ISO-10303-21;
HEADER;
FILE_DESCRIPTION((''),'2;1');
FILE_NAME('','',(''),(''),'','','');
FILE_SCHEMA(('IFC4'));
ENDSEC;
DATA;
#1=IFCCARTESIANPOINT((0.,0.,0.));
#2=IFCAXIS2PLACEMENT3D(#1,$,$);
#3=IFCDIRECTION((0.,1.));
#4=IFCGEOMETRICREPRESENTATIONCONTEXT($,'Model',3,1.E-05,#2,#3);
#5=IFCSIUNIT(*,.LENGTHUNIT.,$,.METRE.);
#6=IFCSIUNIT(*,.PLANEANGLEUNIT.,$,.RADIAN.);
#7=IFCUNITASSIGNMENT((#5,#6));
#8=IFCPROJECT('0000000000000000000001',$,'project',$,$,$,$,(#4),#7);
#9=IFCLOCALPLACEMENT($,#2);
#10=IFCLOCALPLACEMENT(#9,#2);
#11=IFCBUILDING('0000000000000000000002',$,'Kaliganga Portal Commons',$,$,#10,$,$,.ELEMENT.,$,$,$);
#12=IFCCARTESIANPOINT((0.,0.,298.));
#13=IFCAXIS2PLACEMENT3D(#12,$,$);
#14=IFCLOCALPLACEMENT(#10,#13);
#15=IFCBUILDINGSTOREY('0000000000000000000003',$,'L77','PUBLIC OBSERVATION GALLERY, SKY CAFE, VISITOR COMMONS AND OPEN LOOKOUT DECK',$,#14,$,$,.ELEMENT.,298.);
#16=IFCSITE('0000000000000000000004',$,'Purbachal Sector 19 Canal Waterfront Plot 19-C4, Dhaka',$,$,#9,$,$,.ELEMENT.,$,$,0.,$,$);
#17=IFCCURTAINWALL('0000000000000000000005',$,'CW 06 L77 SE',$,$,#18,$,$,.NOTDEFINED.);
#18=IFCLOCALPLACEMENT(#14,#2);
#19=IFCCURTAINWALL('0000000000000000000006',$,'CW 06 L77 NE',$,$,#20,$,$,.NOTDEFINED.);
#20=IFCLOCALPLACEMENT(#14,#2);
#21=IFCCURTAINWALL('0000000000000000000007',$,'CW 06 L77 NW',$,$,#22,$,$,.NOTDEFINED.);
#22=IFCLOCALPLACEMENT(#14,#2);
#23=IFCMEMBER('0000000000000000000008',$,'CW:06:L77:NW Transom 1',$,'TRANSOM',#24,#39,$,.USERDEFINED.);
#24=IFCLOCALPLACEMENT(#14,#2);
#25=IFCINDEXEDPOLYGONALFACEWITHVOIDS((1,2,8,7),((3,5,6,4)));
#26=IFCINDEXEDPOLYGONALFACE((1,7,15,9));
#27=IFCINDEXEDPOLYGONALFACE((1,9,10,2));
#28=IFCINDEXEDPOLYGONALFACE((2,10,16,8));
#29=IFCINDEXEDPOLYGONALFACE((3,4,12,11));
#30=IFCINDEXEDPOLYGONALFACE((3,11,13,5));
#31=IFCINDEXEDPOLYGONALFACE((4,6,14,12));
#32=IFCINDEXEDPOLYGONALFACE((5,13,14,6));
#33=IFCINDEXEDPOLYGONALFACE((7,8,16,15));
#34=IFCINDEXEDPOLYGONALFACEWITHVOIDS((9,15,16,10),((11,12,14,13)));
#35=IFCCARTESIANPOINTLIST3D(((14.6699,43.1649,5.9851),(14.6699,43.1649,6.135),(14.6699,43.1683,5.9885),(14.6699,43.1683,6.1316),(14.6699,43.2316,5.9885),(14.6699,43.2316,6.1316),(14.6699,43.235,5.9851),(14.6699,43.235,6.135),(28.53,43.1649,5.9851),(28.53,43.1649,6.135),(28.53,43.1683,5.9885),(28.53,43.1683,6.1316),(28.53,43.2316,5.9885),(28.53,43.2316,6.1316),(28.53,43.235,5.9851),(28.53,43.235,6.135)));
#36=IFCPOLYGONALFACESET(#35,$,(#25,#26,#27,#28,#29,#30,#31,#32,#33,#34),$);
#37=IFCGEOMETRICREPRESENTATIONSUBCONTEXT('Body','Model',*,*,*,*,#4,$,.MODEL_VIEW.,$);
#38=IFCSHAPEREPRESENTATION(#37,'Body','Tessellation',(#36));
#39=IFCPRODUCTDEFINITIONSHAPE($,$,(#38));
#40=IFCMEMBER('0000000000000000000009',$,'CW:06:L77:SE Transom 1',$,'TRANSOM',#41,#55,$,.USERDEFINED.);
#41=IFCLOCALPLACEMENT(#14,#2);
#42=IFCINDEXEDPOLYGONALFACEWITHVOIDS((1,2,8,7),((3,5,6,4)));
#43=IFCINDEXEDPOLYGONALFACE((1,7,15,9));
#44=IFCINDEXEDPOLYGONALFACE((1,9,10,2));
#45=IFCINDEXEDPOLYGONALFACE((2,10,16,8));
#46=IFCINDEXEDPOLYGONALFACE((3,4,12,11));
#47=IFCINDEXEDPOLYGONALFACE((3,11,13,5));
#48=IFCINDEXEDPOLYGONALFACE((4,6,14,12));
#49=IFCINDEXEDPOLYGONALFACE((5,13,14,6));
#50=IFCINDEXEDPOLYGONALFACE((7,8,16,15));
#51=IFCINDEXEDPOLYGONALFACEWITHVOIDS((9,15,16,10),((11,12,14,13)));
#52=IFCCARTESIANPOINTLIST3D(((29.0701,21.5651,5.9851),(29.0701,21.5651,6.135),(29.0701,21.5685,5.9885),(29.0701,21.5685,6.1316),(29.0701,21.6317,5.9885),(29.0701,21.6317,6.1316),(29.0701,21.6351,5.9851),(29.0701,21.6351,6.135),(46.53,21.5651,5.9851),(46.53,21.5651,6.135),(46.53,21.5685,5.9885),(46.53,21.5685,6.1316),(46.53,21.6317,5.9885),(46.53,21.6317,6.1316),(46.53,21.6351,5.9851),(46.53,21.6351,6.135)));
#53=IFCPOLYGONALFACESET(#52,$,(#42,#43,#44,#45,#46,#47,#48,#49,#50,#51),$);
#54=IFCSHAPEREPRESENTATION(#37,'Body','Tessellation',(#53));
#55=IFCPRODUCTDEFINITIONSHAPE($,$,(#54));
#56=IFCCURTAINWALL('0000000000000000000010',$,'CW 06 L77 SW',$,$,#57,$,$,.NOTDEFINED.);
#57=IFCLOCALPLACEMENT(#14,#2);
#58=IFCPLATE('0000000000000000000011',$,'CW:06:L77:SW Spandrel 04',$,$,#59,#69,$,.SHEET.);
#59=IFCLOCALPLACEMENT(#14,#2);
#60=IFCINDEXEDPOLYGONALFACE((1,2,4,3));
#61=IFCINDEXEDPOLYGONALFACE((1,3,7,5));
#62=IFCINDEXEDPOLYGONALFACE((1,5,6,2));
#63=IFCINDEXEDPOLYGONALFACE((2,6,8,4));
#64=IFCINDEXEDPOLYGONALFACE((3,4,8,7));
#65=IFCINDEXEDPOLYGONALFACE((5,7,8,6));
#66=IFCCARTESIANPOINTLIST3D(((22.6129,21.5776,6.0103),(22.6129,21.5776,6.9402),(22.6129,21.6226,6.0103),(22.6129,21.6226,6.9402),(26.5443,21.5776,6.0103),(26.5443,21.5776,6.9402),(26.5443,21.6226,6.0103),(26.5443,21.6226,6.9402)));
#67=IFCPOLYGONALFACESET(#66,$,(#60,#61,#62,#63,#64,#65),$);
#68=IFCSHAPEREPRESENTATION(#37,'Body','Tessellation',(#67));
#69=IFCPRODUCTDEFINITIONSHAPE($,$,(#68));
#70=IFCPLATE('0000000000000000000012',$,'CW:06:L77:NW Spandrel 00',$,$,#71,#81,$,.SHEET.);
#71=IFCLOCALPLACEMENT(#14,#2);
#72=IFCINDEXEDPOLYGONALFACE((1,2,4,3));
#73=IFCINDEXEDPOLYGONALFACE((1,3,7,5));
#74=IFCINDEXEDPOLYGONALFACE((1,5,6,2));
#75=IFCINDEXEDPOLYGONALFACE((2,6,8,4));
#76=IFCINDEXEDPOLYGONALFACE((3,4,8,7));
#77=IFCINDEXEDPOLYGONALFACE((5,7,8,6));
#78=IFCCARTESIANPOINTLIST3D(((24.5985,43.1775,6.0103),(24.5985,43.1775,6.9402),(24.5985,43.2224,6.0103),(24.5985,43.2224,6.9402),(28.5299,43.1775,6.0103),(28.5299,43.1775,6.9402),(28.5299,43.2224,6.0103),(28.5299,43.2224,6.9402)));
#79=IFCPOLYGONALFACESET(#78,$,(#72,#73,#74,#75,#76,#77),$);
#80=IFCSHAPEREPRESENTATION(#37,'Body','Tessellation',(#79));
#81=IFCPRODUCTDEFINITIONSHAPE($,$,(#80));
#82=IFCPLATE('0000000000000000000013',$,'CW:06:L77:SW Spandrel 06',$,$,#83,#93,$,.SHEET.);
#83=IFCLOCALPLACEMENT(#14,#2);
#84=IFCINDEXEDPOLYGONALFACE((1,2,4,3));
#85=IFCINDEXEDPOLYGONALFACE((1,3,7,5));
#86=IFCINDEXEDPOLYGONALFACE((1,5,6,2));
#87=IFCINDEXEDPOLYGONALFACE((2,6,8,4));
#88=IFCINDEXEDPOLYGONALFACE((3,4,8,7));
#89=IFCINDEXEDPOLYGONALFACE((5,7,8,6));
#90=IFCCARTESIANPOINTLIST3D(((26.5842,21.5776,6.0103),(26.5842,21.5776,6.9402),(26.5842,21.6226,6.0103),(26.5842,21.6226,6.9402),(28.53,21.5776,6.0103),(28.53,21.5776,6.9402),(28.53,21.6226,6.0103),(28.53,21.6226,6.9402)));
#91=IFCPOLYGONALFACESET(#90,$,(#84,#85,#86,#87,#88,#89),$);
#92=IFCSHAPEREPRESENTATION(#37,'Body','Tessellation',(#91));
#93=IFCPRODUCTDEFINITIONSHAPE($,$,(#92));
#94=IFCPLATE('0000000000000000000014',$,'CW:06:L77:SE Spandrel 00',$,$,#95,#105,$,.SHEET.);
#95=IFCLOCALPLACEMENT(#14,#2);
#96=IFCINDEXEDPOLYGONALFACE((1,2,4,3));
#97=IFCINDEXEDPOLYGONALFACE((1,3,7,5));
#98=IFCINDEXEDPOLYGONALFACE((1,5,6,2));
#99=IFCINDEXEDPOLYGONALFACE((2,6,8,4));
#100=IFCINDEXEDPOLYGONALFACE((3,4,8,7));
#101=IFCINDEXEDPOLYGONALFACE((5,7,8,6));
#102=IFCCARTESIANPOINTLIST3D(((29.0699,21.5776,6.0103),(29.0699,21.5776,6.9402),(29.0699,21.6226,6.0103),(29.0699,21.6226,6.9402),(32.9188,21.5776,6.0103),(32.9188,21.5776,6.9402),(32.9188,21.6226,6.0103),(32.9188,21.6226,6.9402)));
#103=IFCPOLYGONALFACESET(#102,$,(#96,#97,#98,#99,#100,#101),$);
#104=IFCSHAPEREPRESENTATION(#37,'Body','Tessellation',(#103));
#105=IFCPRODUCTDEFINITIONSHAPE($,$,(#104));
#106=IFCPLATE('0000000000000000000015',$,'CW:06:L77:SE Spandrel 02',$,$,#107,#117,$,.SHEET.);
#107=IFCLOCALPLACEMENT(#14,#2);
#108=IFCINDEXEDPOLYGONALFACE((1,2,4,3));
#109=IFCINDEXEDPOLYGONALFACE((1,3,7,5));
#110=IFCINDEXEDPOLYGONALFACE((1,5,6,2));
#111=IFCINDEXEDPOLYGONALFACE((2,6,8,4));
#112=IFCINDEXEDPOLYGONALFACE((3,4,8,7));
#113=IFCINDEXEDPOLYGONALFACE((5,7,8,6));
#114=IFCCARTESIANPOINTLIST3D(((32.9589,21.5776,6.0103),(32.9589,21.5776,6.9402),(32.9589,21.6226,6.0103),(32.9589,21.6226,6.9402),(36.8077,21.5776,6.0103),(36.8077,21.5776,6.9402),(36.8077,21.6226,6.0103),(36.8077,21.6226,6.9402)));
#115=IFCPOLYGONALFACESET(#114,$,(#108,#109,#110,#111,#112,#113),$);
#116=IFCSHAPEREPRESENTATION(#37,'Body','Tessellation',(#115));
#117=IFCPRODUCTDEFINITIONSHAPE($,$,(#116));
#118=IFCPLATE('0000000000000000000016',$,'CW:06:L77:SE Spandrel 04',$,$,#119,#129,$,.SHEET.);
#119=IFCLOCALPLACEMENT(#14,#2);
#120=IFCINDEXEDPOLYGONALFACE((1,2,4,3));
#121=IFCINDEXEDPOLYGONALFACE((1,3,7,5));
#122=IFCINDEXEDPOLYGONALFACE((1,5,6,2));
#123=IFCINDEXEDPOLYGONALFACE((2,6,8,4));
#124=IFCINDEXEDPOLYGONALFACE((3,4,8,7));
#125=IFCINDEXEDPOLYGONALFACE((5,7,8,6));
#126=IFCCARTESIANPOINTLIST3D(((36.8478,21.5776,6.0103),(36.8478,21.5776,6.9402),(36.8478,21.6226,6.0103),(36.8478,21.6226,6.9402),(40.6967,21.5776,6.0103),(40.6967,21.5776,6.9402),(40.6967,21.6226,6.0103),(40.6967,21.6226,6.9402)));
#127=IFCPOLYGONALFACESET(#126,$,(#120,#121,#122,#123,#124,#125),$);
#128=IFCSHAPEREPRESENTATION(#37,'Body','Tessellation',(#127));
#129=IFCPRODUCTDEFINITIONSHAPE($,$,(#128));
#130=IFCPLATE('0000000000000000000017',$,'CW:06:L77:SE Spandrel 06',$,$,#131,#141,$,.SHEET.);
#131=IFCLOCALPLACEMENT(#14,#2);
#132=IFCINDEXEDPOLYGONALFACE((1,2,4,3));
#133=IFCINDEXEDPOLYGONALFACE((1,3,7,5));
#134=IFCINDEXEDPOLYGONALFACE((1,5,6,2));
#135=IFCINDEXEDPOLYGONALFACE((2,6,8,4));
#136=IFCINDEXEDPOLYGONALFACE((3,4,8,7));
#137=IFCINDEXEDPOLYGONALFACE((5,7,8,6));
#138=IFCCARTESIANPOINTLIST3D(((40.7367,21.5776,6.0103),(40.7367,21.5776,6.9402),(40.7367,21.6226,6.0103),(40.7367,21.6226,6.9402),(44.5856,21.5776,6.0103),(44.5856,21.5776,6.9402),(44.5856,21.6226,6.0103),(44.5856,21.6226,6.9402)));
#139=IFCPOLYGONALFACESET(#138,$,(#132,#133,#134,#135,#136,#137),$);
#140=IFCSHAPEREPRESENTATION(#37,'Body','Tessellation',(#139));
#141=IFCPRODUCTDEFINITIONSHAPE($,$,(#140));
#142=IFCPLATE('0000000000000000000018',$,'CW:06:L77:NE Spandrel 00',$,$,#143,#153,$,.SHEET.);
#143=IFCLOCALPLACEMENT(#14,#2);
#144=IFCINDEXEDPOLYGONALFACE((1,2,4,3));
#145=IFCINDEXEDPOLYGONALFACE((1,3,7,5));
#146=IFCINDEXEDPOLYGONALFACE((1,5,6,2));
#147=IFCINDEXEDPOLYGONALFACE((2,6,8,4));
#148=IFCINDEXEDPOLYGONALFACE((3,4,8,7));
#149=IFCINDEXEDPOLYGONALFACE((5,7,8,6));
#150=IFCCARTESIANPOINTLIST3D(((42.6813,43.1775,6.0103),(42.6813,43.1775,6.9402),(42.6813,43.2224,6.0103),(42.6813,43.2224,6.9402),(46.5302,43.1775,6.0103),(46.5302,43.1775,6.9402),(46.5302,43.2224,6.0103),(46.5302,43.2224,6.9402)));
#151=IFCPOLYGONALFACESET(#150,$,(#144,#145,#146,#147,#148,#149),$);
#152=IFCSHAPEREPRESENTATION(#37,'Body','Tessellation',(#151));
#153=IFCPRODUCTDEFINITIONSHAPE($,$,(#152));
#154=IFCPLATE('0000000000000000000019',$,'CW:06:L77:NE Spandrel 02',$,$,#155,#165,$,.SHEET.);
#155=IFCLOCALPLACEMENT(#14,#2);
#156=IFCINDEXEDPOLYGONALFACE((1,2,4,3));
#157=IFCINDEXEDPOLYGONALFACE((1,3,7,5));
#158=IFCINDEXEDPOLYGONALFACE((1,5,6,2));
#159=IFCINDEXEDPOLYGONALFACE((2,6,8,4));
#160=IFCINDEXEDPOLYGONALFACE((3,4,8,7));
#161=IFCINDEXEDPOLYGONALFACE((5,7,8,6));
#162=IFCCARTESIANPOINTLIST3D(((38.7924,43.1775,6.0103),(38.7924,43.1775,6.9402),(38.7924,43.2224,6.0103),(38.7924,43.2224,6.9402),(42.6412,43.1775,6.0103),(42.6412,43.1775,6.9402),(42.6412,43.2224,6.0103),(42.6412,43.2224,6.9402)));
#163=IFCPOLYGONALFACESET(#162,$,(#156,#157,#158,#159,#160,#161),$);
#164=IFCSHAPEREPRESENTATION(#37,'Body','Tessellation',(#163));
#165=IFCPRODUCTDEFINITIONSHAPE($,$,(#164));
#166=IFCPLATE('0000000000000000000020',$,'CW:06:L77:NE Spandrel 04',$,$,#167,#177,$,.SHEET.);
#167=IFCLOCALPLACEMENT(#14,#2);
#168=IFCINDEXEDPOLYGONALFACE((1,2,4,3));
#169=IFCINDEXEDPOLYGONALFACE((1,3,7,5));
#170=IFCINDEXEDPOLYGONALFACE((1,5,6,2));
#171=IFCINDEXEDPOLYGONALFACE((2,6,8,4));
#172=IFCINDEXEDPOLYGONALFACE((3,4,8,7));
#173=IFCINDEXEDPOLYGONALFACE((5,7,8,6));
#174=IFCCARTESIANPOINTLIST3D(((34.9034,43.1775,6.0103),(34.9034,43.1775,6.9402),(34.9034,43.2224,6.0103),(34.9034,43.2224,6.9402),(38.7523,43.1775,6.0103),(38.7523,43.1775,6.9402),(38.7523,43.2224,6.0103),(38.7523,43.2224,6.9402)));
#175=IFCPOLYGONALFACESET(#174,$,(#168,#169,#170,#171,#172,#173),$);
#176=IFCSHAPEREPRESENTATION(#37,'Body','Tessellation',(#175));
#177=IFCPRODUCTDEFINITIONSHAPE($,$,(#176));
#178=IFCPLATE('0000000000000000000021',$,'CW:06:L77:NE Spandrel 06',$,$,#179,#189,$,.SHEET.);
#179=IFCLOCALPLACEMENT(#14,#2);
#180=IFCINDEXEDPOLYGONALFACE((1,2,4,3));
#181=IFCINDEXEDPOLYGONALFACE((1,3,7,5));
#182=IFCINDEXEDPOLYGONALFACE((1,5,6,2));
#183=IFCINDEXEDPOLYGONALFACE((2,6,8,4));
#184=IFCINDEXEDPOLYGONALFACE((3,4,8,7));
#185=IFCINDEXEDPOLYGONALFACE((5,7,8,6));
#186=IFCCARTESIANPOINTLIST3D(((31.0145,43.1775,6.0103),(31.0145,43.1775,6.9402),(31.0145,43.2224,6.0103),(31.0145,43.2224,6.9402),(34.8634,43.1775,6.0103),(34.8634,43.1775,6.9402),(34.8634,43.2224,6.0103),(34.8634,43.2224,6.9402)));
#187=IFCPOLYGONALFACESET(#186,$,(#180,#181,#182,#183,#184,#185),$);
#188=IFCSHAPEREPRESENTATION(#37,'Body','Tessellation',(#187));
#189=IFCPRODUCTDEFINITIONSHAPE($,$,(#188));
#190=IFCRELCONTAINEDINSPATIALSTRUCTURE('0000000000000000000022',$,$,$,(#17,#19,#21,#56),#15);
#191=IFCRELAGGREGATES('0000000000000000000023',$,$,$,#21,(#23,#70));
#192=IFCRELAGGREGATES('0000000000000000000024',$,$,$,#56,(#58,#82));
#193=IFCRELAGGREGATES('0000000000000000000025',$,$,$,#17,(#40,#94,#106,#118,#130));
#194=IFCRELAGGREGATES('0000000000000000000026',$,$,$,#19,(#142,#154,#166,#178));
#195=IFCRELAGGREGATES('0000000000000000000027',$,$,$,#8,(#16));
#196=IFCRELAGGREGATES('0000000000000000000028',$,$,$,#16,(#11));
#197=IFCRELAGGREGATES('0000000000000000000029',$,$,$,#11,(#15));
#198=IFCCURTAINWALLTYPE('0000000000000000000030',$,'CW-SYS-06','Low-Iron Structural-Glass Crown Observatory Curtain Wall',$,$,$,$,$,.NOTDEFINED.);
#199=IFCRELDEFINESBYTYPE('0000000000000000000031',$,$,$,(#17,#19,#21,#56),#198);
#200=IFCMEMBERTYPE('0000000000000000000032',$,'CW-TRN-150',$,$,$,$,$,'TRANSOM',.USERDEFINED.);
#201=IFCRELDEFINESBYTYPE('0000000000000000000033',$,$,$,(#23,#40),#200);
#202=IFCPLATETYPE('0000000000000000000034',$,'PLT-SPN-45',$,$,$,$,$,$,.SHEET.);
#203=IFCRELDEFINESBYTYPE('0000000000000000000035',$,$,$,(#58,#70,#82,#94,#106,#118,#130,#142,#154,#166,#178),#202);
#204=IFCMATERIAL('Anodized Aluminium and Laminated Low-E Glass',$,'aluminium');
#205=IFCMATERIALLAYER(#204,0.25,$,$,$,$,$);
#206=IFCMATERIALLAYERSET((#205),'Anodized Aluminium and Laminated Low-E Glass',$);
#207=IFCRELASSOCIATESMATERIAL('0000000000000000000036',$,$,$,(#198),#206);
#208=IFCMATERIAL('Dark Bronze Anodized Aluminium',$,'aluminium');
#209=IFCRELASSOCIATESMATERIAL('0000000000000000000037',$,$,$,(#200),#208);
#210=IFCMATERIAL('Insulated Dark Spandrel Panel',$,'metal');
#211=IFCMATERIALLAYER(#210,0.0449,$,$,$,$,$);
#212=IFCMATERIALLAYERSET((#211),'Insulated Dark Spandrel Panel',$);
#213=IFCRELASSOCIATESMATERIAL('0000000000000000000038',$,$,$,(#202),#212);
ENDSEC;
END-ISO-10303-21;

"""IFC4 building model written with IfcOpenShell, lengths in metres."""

from ifc_helpers import new_model, si_unit, direction, frame, origin, origin_2d, place, context, subcontext, project, spatial, rectangle, hollow_rectangle, extrude, source, transform, mapped, material, layer, layer_set, material_profile, profile_set, type_object, element, aggregate, save


model = new_model("IFC4")

# Units and contexts
model_context = context("Model", 3, precision=1e-05, world=origin(), true_north=direction((0.0, 1.0)))
body_context = subcontext(model_context, "Body", "Model", "MODEL_VIEW")
ifc_project = project(units=[si_unit("LENGTHUNIT", "METRE"), si_unit("PLANEANGLEUNIT", "RADIAN")], contexts=[model_context])

# Site, building, storey
site_placement = place(None, origin())
site = spatial("IfcSite", under=ifc_project, at=site_placement, Name="Purbachal Sector 19 Canal Waterfront Plot 19-C4, Dhaka", CompositionType="ELEMENT", RefElevation=0.0)
building_placement = place(site_placement, origin())
building = spatial("IfcBuilding", under=site, at=building_placement, Name="Kaliganga Portal Commons", CompositionType="ELEMENT")
storey_placement = place(building_placement, frame((0.0, 0.0, 298.0)))
storey = spatial("IfcBuildingStorey", under=building, at=storey_placement, Name="L77", Description="PUBLIC OBSERVATION GALLERY, SKY CAFE, VISITOR COMMONS AND OPEN LOOKOUT DECK", CompositionType="ELEMENT", Elevation=298.0)

# Curtain walls
ifc_material_1 = material(Name="Anodized Aluminium and Laminated Low-E Glass", Category="aluminium")
ifc_layer_1 = layer(ifc_material_1, 0.25)
ifc_layer_set_1 = layer_set([ifc_layer_1], Name="Anodized Aluminium and Laminated Low-E Glass")
curtain_wall_type = type_object("IfcCurtainWallType", Name="CW-SYS-06", Description="Low-Iron Structural-Glass Crown Observatory Curtain Wall", PredefinedType="NOTDEFINED", material=ifc_layer_set_1)
curtain_wall_1_placement = place(storey_placement, origin())
curtain_wall_1 = element("IfcCurtainWall", 1, at=curtain_wall_1_placement, inside=storey, type_object=curtain_wall_type, Name="CW 06 L77 SE", PredefinedType="NOTDEFINED")
ifc_material_2 = material(Name="Dark Bronze Anodized Aluminium", Category="aluminium")
curtain_wall_2_placement = place(storey_placement, origin())
curtain_wall_2 = element("IfcCurtainWall", 2, at=curtain_wall_2_placement, inside=storey, type_object=curtain_wall_type, Name="CW 06 L77 NE", PredefinedType="NOTDEFINED")

# Curtain wall, member
curtain_wall_3_placement = place(storey_placement, origin())
curtain_wall_3 = element("IfcCurtainWall", 3, at=curtain_wall_3_placement, inside=storey, type_object=curtain_wall_type, Name="CW 06 L77 NW", PredefinedType="NOTDEFINED")
ifc_material_profile_1 = material_profile(ifc_material_2, hollow_rectangle(XDim=0.0701, YDim=0.1499, WallThickness=0.0034, at=origin_2d()), Name="ALU TRAN 70x150x3.5")
ifc_profile_set_1 = profile_set([ifc_material_profile_1], Name="Dark Bronze Anodized Aluminium")
member_type_1 = type_object("IfcMemberType", Name="CW-TRN-150", ElementType="TRANSOM", PredefinedType="USERDEFINED", material=ifc_profile_set_1)
shared_shape_1 = source(origin(), body_context, "Body", "SweptSolid", [
    extrude(hollow_rectangle(XDim=0.0701, YDim=0.1499, WallThickness=0.0034, at=origin_2d()), origin(), (0.0, 0.0, 1.0), 13.8601),
])
member_1_placement = place(storey_placement, frame((28.53, 43.2, 6.0601), z_axis=(-1.0, 0.0, 0.0), x_axis=(0.0, -1.0, 0.0)))
member_1 = element("IfcMember", 4, at=member_1_placement, type_object=member_type_1, Name="CW:06:L77:NW Transom 1", ObjectType="TRANSOM", PredefinedType="USERDEFINED", context=body_context, shape_type="MappedRepresentation", body=[
    mapped(shared_shape_1, transform((0.0, 0.0, 0.0), x_axis=(1.0, 0.0, 0.0), y_axis=(0.0, 1.0, 0.0), z_axis=(0.0, 0.0, 1.0), scale=1.0)),
])

# Member
shared_shape_2 = source(origin(), body_context, "Body", "SweptSolid", [
    extrude(hollow_rectangle(XDim=0.0701, YDim=0.1499, WallThickness=0.0034, at=origin_2d()), origin(), (0.0, 0.0, 1.0), 17.46),
])
member_2_placement = place(storey_placement, frame((29.0701, 21.6001, 6.0601), z_axis=(1.0, 0.0, 0.0), x_axis=(0.0, 1.0, 0.0)))
member_2 = element("IfcMember", 5, at=member_2_placement, type_object=member_type_1, Name="CW:06:L77:SE Transom 1", ObjectType="TRANSOM", PredefinedType="USERDEFINED", context=body_context, shape_type="MappedRepresentation", body=[
    mapped(shared_shape_2, transform((0.0, 0.0, 0.0), x_axis=(1.0, 0.0, 0.0), y_axis=(0.0, 1.0, 0.0), z_axis=(0.0, 0.0, 1.0), scale=1.0)),
])

# Curtain wall, plate
curtain_wall_4_placement = place(storey_placement, origin())
curtain_wall_4 = element("IfcCurtainWall", 6, at=curtain_wall_4_placement, inside=storey, type_object=curtain_wall_type, Name="CW 06 L77 SW", PredefinedType="NOTDEFINED")
ifc_material_3 = material(Name="Insulated Dark Spandrel Panel", Category="metal")
ifc_layer_2 = layer(ifc_material_3, 0.0449)
ifc_layer_set_2 = layer_set([ifc_layer_2], Name="Insulated Dark Spandrel Panel")
plate_type = type_object("IfcPlateType", Name="PLT-SPN-45", PredefinedType="SHEET", material=ifc_layer_set_2)
shared_shape_3 = source(origin(), body_context, "Body", "SweptSolid", [
    extrude(rectangle(XDim=3.9314, YDim=0.0449, at=origin_2d()), origin(), (0.0, 0.0, 1.0), 0.9299),
])
plate_1_placement = place(storey_placement, frame((24.5786, 21.6001, 6.0103), z_axis=(0.0, 0.0, 1.0), x_axis=(1.0, 0.0, 0.0)))
plate_1 = element("IfcPlate", 7, at=plate_1_placement, type_object=plate_type, Name="CW:06:L77:SW Spandrel 04", PredefinedType="SHEET", context=body_context, shape_type="MappedRepresentation", body=[
    mapped(shared_shape_3, transform((0.0, 0.0, 0.0), x_axis=(1.0, 0.0, 0.0), y_axis=(0.0, 1.0, 0.0), z_axis=(0.0, 0.0, 1.0), scale=1.0)),
])

# Plates
plate_2_placement = place(storey_placement, frame((26.5642, 43.2, 6.0103), z_axis=(0.0, 0.0, 1.0), x_axis=(-1.0, 0.0, 0.0)))
plate_2 = element("IfcPlate", 8, at=plate_2_placement, type_object=plate_type, Name="CW:06:L77:NW Spandrel 00", PredefinedType="SHEET", context=body_context, shape_type="MappedRepresentation", body=[
    mapped(shared_shape_3, transform((0.0, 0.0, 0.0), x_axis=(1.0, 0.0, 0.0), y_axis=(0.0, 1.0, 0.0), z_axis=(0.0, 0.0, 1.0), scale=1.0)),
])
aggregate(curtain_wall_3, [member_1, plate_2])
shared_shape_4 = source(origin(), body_context, "Body", "SweptSolid", [
    extrude(rectangle(XDim=1.9458, YDim=0.0449, at=origin_2d()), origin(), (0.0, 0.0, 1.0), 0.9299),
])
plate_3_placement = place(storey_placement, frame((27.5571, 21.6001, 6.0103), z_axis=(0.0, 0.0, 1.0), x_axis=(1.0, 0.0, 0.0)))
plate_3 = element("IfcPlate", 9, at=plate_3_placement, type_object=plate_type, Name="CW:06:L77:SW Spandrel 06", PredefinedType="SHEET", context=body_context, shape_type="MappedRepresentation", body=[
    mapped(shared_shape_4, transform((0.0, 0.0, 0.0), x_axis=(1.0, 0.0, 0.0), y_axis=(0.0, 1.0, 0.0), z_axis=(0.0, 0.0, 1.0), scale=1.0)),
])
aggregate(curtain_wall_4, [plate_1, plate_3])
shared_shape_5 = source(origin(), body_context, "Body", "SweptSolid", [
    extrude(rectangle(XDim=3.8489, YDim=0.0449, at=origin_2d()), origin(), (0.0, 0.0, 1.0), 0.9299),
])
plate_4_placement = place(storey_placement, frame((30.9944, 21.6001, 6.0103), z_axis=(0.0, 0.0, 1.0), x_axis=(1.0, 0.0, 0.0)))
plate_4 = element("IfcPlate", 10, at=plate_4_placement, type_object=plate_type, Name="CW:06:L77:SE Spandrel 00", PredefinedType="SHEET", context=body_context, shape_type="MappedRepresentation", body=[
    mapped(shared_shape_5, transform((0.0, 0.0, 0.0), x_axis=(1.0, 0.0, 0.0), y_axis=(0.0, 1.0, 0.0), z_axis=(0.0, 0.0, 1.0), scale=1.0)),
])
plate_5_placement = place(storey_placement, frame((34.8833, 21.6001, 6.0103), z_axis=(0.0, 0.0, 1.0), x_axis=(1.0, 0.0, 0.0)))
plate_5 = element("IfcPlate", 11, at=plate_5_placement, type_object=plate_type, Name="CW:06:L77:SE Spandrel 02", PredefinedType="SHEET", context=body_context, shape_type="MappedRepresentation", body=[
    mapped(shared_shape_5, transform((0.0, 0.0, 0.0), x_axis=(1.0, 0.0, 0.0), y_axis=(0.0, 1.0, 0.0), z_axis=(0.0, 0.0, 1.0), scale=1.0)),
])
plate_6_placement = place(storey_placement, frame((38.7722, 21.6001, 6.0103), z_axis=(0.0, 0.0, 1.0), x_axis=(1.0, 0.0, 0.0)))
plate_6 = element("IfcPlate", 12, at=plate_6_placement, type_object=plate_type, Name="CW:06:L77:SE Spandrel 04", PredefinedType="SHEET", context=body_context, shape_type="MappedRepresentation", body=[
    mapped(shared_shape_5, transform((0.0, 0.0, 0.0), x_axis=(1.0, 0.0, 0.0), y_axis=(0.0, 1.0, 0.0), z_axis=(0.0, 0.0, 1.0), scale=1.0)),
])
plate_7_placement = place(storey_placement, frame((42.6611, 21.6001, 6.0103), z_axis=(0.0, 0.0, 1.0), x_axis=(1.0, 0.0, 0.0)))
plate_7 = element("IfcPlate", 13, at=plate_7_placement, type_object=plate_type, Name="CW:06:L77:SE Spandrel 06", PredefinedType="SHEET", context=body_context, shape_type="MappedRepresentation", body=[
    mapped(shared_shape_5, transform((0.0, 0.0, 0.0), x_axis=(1.0, 0.0, 0.0), y_axis=(0.0, 1.0, 0.0), z_axis=(0.0, 0.0, 1.0), scale=1.0)),
])
plate_8_placement = place(storey_placement, frame((44.6057, 43.2, 6.0103), z_axis=(0.0, 0.0, 1.0), x_axis=(-1.0, 0.0, 0.0)))
plate_8 = element("IfcPlate", 14, at=plate_8_placement, type_object=plate_type, Name="CW:06:L77:NE Spandrel 00", PredefinedType="SHEET", context=body_context, shape_type="MappedRepresentation", body=[
    mapped(shared_shape_5, transform((0.0, 0.0, 0.0), x_axis=(1.0, 0.0, 0.0), y_axis=(0.0, 1.0, 0.0), z_axis=(0.0, 0.0, 1.0), scale=1.0)),
])
plate_9_placement = place(storey_placement, frame((40.7168, 43.2, 6.0103), z_axis=(0.0, 0.0, 1.0), x_axis=(-1.0, 0.0, 0.0)))
plate_9 = element("IfcPlate", 15, at=plate_9_placement, type_object=plate_type, Name="CW:06:L77:NE Spandrel 02", PredefinedType="SHEET", context=body_context, shape_type="MappedRepresentation", body=[
    mapped(shared_shape_5, transform((0.0, 0.0, 0.0), x_axis=(1.0, 0.0, 0.0), y_axis=(0.0, 1.0, 0.0), z_axis=(0.0, 0.0, 1.0), scale=1.0)),
])
plate_10_placement = place(storey_placement, frame((36.8279, 43.2, 6.0103), z_axis=(0.0, 0.0, 1.0), x_axis=(-1.0, 0.0, 0.0)))
plate_10 = element("IfcPlate", 16, at=plate_10_placement, type_object=plate_type, Name="CW:06:L77:NE Spandrel 04", PredefinedType="SHEET", context=body_context, shape_type="MappedRepresentation", body=[
    mapped(shared_shape_5, transform((0.0, 0.0, 0.0), x_axis=(1.0, 0.0, 0.0), y_axis=(0.0, 1.0, 0.0), z_axis=(0.0, 0.0, 1.0), scale=1.0)),
])
plate_11_placement = place(storey_placement, frame((32.939, 43.2, 6.0103), z_axis=(0.0, 0.0, 1.0), x_axis=(-1.0, 0.0, 0.0)))
plate_11 = element("IfcPlate", 17, at=plate_11_placement, type_object=plate_type, Name="CW:06:L77:NE Spandrel 06", PredefinedType="SHEET", context=body_context, shape_type="MappedRepresentation", body=[
    mapped(shared_shape_5, transform((0.0, 0.0, 0.0), x_axis=(1.0, 0.0, 0.0), y_axis=(0.0, 1.0, 0.0), z_axis=(0.0, 0.0, 1.0), scale=1.0)),
])
aggregate(curtain_wall_1, [member_2, plate_4, plate_5, plate_6, plate_7])
aggregate(curtain_wall_2, [plate_8, plate_9, plate_10, plate_11])

save(model, "model.ifc")
